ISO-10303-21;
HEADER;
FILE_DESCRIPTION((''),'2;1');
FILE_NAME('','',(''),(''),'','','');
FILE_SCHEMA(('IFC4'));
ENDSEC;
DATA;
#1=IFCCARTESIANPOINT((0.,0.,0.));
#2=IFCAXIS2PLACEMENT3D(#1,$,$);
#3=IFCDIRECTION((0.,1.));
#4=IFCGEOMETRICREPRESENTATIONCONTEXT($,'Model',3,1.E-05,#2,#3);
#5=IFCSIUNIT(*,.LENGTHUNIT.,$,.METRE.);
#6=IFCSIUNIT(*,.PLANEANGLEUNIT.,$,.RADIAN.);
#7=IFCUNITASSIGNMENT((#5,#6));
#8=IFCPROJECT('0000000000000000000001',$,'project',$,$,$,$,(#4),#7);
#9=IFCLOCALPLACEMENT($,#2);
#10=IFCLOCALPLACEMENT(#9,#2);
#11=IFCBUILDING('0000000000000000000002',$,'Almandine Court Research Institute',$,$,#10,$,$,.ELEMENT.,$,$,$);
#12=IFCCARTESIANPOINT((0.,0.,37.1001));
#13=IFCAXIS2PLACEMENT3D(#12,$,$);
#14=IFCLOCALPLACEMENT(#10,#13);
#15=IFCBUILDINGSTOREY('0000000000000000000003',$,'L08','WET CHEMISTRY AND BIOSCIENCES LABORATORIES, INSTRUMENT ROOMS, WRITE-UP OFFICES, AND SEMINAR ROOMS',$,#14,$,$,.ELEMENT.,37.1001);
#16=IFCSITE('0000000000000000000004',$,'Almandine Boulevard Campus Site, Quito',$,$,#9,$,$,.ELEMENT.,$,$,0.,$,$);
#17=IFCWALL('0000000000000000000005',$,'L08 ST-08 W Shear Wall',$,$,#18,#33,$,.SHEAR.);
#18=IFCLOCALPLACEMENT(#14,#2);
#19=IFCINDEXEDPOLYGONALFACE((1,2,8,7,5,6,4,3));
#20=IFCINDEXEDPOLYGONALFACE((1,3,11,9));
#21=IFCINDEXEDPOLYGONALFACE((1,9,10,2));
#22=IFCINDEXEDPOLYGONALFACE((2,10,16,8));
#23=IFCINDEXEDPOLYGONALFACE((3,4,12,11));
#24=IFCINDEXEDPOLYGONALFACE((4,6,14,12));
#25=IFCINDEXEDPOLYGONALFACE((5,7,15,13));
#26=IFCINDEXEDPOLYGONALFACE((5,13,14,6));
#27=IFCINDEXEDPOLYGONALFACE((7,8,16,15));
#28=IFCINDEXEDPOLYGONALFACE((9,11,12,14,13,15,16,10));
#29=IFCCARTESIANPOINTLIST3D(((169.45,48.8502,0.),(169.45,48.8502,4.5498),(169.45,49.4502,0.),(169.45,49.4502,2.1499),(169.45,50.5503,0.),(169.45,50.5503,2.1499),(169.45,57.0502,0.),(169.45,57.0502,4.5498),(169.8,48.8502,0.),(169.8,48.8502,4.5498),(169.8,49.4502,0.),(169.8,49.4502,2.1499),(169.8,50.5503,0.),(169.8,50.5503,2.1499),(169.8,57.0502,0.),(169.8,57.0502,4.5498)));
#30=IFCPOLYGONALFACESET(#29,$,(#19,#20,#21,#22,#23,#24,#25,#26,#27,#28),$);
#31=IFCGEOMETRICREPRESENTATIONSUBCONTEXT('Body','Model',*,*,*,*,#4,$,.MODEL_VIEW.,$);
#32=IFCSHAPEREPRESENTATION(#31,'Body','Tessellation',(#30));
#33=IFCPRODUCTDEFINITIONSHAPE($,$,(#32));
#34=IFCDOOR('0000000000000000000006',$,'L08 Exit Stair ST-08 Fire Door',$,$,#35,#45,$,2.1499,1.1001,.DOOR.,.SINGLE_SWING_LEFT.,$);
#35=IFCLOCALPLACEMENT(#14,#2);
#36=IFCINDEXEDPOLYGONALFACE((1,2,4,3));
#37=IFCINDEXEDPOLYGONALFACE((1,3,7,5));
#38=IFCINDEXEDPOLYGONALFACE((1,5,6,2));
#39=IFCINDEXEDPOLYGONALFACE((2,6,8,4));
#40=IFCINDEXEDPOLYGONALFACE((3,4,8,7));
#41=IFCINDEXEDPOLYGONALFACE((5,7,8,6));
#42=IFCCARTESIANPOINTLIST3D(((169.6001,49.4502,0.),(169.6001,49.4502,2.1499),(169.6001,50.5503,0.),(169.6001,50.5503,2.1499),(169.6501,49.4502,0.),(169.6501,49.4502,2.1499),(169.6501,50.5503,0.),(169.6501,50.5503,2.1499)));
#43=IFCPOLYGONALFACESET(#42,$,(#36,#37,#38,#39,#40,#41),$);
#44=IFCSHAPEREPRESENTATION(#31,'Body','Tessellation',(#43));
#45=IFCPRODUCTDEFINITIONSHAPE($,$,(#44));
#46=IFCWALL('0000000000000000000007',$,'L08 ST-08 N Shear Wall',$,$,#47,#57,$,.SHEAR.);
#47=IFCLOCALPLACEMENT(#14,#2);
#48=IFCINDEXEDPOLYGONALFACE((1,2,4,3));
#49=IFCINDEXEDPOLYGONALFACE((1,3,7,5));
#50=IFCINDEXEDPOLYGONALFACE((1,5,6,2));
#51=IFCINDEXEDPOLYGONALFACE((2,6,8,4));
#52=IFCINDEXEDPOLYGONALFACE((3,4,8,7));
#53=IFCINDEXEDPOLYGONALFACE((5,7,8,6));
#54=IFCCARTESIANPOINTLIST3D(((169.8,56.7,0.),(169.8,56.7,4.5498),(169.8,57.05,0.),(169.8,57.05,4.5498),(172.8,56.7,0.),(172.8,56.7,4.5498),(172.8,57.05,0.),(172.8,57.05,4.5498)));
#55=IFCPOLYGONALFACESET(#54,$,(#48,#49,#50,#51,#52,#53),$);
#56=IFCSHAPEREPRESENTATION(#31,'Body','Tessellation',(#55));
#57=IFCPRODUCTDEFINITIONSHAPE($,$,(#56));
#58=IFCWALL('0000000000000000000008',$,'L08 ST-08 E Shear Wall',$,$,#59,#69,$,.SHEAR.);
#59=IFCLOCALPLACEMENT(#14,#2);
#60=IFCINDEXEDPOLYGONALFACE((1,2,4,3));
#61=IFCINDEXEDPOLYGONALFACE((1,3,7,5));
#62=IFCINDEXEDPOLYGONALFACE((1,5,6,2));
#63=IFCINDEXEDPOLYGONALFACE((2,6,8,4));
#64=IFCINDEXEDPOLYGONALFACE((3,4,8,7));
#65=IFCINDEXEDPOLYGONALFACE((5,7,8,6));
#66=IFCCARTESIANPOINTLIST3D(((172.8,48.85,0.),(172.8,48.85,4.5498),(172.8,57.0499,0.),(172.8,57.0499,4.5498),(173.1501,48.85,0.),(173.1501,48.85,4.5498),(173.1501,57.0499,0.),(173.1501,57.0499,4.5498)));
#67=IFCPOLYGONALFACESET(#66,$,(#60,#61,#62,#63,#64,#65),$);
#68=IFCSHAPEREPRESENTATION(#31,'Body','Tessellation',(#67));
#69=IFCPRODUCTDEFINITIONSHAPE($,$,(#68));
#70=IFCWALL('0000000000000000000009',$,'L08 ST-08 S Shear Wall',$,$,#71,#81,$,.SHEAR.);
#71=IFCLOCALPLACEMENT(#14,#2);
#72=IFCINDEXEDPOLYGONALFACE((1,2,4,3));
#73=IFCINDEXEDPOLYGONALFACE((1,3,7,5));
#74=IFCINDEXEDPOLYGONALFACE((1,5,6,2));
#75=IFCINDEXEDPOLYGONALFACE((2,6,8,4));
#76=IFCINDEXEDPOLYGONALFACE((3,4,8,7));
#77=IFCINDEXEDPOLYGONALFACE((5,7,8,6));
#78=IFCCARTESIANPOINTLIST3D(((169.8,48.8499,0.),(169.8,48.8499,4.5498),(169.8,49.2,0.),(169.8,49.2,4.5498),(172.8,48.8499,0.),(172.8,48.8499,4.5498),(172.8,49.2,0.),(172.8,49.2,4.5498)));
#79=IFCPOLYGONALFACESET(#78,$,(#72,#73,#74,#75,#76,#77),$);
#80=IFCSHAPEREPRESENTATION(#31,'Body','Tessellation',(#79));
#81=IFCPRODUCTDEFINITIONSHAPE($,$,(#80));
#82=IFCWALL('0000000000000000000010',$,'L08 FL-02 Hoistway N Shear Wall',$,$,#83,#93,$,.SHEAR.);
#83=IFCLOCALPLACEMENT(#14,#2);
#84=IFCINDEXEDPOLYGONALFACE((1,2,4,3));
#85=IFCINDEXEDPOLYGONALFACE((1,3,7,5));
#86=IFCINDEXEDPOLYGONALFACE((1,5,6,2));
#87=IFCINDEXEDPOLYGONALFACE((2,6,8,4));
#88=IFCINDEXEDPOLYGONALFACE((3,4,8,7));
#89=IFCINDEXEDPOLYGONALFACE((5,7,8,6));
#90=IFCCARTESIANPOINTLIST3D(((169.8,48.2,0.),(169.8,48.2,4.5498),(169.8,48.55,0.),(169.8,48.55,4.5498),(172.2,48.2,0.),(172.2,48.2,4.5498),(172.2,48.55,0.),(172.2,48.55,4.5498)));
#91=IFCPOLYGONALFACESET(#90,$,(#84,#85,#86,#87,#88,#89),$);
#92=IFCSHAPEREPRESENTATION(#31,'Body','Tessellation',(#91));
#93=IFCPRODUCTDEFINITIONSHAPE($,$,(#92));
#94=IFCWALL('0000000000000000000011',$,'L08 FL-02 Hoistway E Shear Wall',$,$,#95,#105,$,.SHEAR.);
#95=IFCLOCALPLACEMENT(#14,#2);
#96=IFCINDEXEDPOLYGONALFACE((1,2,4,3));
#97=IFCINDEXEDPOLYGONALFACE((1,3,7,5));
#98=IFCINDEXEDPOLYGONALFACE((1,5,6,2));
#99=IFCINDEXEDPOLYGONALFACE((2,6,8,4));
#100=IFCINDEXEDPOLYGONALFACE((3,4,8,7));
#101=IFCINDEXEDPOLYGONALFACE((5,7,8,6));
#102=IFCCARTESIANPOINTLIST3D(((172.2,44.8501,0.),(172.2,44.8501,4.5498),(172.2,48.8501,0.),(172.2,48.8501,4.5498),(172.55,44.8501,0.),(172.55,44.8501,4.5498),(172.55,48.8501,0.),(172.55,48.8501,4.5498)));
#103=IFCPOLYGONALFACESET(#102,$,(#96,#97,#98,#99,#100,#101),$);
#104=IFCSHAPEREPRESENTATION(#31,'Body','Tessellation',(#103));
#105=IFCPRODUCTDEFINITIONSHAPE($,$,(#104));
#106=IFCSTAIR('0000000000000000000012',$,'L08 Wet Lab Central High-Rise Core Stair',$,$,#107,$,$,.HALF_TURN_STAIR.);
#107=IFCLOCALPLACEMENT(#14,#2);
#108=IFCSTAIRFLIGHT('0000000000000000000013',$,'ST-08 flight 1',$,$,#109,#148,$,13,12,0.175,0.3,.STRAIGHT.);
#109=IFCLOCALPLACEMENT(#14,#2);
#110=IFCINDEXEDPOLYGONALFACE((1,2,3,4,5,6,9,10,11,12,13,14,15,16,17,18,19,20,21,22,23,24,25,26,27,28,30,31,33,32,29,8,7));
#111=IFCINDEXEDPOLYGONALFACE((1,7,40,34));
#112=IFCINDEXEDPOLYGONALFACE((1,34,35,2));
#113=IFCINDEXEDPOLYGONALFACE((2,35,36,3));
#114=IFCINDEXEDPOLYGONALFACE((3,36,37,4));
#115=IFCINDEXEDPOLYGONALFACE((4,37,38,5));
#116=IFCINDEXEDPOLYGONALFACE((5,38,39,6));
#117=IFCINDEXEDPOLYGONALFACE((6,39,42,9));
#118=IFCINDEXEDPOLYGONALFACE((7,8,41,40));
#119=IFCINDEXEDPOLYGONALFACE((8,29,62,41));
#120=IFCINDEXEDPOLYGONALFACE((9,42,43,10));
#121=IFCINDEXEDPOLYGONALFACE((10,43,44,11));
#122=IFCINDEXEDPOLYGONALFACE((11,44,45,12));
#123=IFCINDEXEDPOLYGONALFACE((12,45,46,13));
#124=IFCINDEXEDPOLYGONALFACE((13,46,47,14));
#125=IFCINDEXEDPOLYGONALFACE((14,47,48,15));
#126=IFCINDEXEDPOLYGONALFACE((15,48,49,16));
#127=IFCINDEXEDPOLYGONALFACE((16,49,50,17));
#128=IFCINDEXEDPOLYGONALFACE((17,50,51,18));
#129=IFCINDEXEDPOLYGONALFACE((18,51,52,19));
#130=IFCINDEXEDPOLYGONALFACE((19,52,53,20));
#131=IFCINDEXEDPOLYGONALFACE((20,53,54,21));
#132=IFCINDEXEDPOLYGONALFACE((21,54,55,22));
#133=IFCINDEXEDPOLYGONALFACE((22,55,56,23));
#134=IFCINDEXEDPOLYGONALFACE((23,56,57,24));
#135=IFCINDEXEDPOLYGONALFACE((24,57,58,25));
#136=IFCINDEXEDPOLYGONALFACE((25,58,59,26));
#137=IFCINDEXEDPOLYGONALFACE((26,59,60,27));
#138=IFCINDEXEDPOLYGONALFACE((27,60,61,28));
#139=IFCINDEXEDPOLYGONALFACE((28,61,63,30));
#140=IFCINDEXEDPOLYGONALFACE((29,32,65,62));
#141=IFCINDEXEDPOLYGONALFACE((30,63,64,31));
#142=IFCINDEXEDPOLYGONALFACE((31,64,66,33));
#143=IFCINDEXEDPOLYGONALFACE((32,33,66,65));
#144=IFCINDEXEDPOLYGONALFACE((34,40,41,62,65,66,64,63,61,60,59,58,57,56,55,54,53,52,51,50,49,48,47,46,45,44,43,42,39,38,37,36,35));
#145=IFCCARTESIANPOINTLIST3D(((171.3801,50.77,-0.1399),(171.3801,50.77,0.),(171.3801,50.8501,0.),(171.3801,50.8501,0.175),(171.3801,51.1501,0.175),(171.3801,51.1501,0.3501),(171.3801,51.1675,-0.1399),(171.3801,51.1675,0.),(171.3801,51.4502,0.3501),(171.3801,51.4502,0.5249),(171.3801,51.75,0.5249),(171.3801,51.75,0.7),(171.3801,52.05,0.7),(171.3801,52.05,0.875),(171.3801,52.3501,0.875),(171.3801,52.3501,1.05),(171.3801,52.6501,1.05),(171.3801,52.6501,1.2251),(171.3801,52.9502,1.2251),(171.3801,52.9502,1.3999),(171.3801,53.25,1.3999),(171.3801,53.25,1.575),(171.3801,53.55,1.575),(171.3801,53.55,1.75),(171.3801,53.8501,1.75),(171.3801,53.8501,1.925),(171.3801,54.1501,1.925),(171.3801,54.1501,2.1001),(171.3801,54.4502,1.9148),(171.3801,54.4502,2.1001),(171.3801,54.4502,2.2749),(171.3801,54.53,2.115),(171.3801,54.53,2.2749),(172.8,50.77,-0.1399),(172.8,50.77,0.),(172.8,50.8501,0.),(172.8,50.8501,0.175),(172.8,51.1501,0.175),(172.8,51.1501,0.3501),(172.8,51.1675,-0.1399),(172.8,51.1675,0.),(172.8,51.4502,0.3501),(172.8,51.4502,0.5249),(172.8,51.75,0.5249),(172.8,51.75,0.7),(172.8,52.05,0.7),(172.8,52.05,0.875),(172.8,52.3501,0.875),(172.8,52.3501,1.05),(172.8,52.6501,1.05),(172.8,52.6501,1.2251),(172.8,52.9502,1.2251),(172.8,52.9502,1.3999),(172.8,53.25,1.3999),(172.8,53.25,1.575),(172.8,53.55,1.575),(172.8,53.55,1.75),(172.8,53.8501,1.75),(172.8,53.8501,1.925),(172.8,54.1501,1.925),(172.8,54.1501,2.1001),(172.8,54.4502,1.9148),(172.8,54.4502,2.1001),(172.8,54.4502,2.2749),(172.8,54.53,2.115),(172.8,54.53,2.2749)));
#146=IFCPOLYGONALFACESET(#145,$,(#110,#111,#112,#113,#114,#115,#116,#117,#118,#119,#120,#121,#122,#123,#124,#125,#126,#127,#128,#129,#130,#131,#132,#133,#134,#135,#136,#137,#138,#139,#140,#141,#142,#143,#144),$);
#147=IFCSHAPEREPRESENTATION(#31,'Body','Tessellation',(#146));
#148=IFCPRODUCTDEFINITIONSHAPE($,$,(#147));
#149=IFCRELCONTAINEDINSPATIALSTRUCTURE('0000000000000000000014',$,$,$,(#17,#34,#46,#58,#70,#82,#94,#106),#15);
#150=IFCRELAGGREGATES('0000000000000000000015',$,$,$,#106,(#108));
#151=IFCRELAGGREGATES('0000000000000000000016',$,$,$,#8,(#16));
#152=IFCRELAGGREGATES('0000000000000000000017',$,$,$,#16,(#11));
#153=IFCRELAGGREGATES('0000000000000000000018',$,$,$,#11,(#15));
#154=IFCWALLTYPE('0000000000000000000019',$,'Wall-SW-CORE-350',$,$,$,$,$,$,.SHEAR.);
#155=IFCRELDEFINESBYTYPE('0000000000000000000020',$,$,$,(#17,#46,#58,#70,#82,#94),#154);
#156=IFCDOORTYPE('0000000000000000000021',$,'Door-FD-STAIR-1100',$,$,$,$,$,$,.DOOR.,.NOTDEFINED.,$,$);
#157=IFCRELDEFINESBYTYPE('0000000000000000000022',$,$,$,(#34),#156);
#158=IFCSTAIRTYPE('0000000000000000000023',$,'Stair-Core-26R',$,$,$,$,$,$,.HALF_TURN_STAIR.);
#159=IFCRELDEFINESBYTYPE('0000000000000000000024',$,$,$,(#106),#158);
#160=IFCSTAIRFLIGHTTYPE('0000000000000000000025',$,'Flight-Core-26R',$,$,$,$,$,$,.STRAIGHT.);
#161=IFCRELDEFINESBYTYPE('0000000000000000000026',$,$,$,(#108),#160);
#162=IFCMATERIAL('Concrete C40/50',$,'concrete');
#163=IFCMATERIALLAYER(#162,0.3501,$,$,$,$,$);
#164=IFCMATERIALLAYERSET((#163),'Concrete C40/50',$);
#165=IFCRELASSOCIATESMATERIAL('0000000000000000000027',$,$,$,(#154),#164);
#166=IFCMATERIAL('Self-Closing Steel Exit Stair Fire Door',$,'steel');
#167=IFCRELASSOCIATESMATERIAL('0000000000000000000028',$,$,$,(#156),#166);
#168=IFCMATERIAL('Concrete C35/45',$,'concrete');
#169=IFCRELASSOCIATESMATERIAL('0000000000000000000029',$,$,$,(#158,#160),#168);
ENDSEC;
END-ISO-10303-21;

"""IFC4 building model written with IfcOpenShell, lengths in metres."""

from ifc_helpers import new_model, si_unit, direction, frame, frame_2d, origin, place, context, subcontext, project, spatial, polyline, rectangle, outline, extrude, material, layer, layer_set, type_object, element, fill, aggregate, save


model = new_model("IFC4")

# Units and contexts
model_context = context("Model", 3, precision=1e-05, world=origin(), true_north=direction((0.0, 1.0)))
body_context = subcontext(model_context, "Body", "Model", "MODEL_VIEW")
ifc_project = project(units=[si_unit("LENGTHUNIT", "METRE"), si_unit("PLANEANGLEUNIT", "RADIAN")], contexts=[model_context])

# Site, building, storey
site_placement = place(None, origin())
site = spatial("IfcSite", under=ifc_project, at=site_placement, Name="Almandine Boulevard Campus Site, Quito", CompositionType="ELEMENT", RefElevation=0.0)
building_placement = place(site_placement, origin())
building = spatial("IfcBuilding", under=site, at=building_placement, Name="Almandine Court Research Institute", CompositionType="ELEMENT")
storey_placement = place(building_placement, frame((0.0, 0.0, 37.1001)))
storey = spatial("IfcBuildingStorey", under=building, at=storey_placement, Name="L08", Description="WET CHEMISTRY AND BIOSCIENCES LABORATORIES, INSTRUMENT ROOMS, WRITE-UP OFFICES, AND SEMINAR ROOMS", CompositionType="ELEMENT", Elevation=37.1001)

# Wall, opening, door
ifc_material_1 = material(Name="Concrete C40/50", Category="concrete")
ifc_layer_1 = layer(ifc_material_1, 0.3501)
ifc_layer_set_1 = layer_set([ifc_layer_1], Name="Concrete C40/50")
wall_type_1 = type_object("IfcWallType", Name="Wall-SW-CORE-350", PredefinedType="SHEAR", material=ifc_layer_set_1)
wall_1_placement = place(storey_placement, frame((169.625, 48.8501, 0.0), z_axis=(0.0, 0.0, 1.0), x_axis=(0.0, 1.0, 0.0)))
wall_1 = element("IfcWall", 1, at=wall_1_placement, inside=storey, type_object=wall_type_1, Name="L08 ST-08 W Shear Wall", PredefinedType="SHEAR", context=body_context, shape_type="SweptSolid", body=[
    extrude(rectangle(XDim=8.2, YDim=0.3501, at=frame_2d((4.1001, 0.0))), origin(), (0.0, 0.0, 1.0), 4.5498),
])
opening_1_placement = place(wall_1_placement, frame((0.6001, 0.0, 0.0)))
opening_1 = element("IfcOpeningElement", 2, at=opening_1_placement, cuts=wall_1, PredefinedType="OPENING", context=body_context, shape_type="SweptSolid", body=[
    extrude(rectangle(XDim=1.1001, YDim=2.1499, at=frame_2d((0.55, 1.075))), frame((0.0, 0.1851, 0.0), z_axis=(0.0, -1.0, 0.0), x_axis=(1.0, 0.0, 0.0)), (0.0, 0.0, 1.0), 0.3701),
])
ifc_material_2 = material(Name="Self-Closing Steel Exit Stair Fire Door", Category="steel")
door_type_1 = type_object("IfcDoorType", Name="Door-FD-STAIR-1100", OperationType="NOTDEFINED", PredefinedType="DOOR", material=ifc_material_2)
door_1_placement = place(opening_1_placement, origin())
door_1 = element("IfcDoor", 3, at=door_1_placement, inside=storey, type_object=door_type_1, Name="L08 Exit Stair ST-08 Fire Door", OperationType="SINGLE_SWING_LEFT", OverallHeight=2.1499, OverallWidth=1.1001, PredefinedType="DOOR", context=body_context, shape_type="SweptSolid", body=[
    extrude(rectangle(XDim=1.1001, YDim=2.1499, at=frame_2d((0.55, 1.075))), frame((0.0, 0.0249, 0.0), z_axis=(0.0, -1.0, 0.0), x_axis=(1.0, 0.0, 0.0)), (0.0, 0.0, 1.0), 0.05),
])
fill(opening_1, door_1)

# Walls
wall_2_placement = place(storey_placement, frame((169.8, 56.875, 0.0), z_axis=(0.0, 0.0, 1.0), x_axis=(1.0, 0.0, 0.0)))
element("IfcWall", 4, at=wall_2_placement, inside=storey, type_object=wall_type_1, Name="L08 ST-08 N Shear Wall", PredefinedType="SHEAR", context=body_context, shape_type="SweptSolid", body=[
    extrude(rectangle(XDim=3.0, YDim=0.3501, at=frame_2d((1.5, 0.0))), origin(), (0.0, 0.0, 1.0), 4.5498),
])
wall_3_placement = place(storey_placement, frame((172.9751, 57.05, 0.0), z_axis=(0.0, 0.0, 1.0), x_axis=(0.0, -1.0, 0.0)))
element("IfcWall", 5, at=wall_3_placement, inside=storey, type_object=wall_type_1, Name="L08 ST-08 E Shear Wall", PredefinedType="SHEAR", context=body_context, shape_type="SweptSolid", body=[
    extrude(rectangle(XDim=8.2, YDim=0.3501, at=frame_2d((4.1001, 0.0))), origin(), (0.0, 0.0, 1.0), 4.5498),
])
wall_4_placement = place(storey_placement, frame((172.8, 49.0249, 0.0), z_axis=(0.0, 0.0, 1.0), x_axis=(-1.0, 0.0, 0.0)))
element("IfcWall", 6, at=wall_4_placement, inside=storey, type_object=wall_type_1, Name="L08 ST-08 S Shear Wall", PredefinedType="SHEAR", context=body_context, shape_type="SweptSolid", body=[
    extrude(rectangle(XDim=3.0, YDim=0.3501, at=frame_2d((1.5, 0.0))), origin(), (0.0, 0.0, 1.0), 4.5498),
])
wall_5_placement = place(storey_placement, frame((169.8, 48.375, 0.0), z_axis=(0.0, 0.0, 1.0), x_axis=(1.0, 0.0, 0.0)))
element("IfcWall", 7, at=wall_5_placement, inside=storey, type_object=wall_type_1, Name="L08 FL-02 Hoistway N Shear Wall", PredefinedType="SHEAR", context=body_context, shape_type="SweptSolid", body=[
    extrude(rectangle(XDim=2.3999, YDim=0.3501, at=frame_2d((1.2, 0.0))), origin(), (0.0, 0.0, 1.0), 4.5498),
])
wall_6_placement = place(storey_placement, frame((172.375, 48.8501, 0.0), z_axis=(0.0, 0.0, 1.0), x_axis=(0.0, -1.0, 0.0)))
element("IfcWall", 8, at=wall_6_placement, inside=storey, type_object=wall_type_1, Name="L08 FL-02 Hoistway E Shear Wall", PredefinedType="SHEAR", context=body_context, shape_type="SweptSolid", body=[
    extrude(rectangle(XDim=4.0, YDim=0.3501, at=frame_2d((2.0, 0.0))), origin(), (0.0, 0.0, 1.0), 4.5498),
])

# Stair, stair flight
ifc_material_3 = material(Name="Concrete C35/45", Category="concrete")
stair_type = type_object("IfcStairType", Name="Stair-Core-26R", PredefinedType="HALF_TURN_STAIR", material=ifc_material_3)
stair_placement = place(storey_placement, origin())
stair = element("IfcStair", 9, at=stair_placement, inside=storey, type_object=stair_type, Name="L08 Wet Lab Central High-Rise Core Stair", PredefinedType="HALF_TURN_STAIR")
stair_flight_type = type_object("IfcStairFlightType", Name="Flight-Core-26R", PredefinedType="STRAIGHT", material=ifc_material_3)
stair_flight_1_placement = place(storey_placement, frame((172.0901, 50.8501, 0.0), z_axis=(0.0, 0.0, 1.0), x_axis=(0.0, 1.0, 0.0)))
stair_flight_1 = element("IfcStairFlight", 10, at=stair_flight_1_placement, type_object=stair_flight_type, Name="ST-08 flight 1", NumberOfRisers=13, NumberOfTreads=12, PredefinedType="STRAIGHT", RiserHeight=0.175, TreadLength=0.3, context=body_context, shape_type="SweptSolid", body=[
    extrude(outline(polyline([(-0.0801, -0.1399), (-0.0801, 0.0), (0.0, 0.0), (0.0, 0.175), (0.3, 0.175), (0.3, 0.3501), (0.6001, 0.3501), (0.6001, 0.5249), (0.8999, 0.5249), (0.8999, 0.7), (1.2, 0.7), (1.2, 0.875), (1.5, 0.875), (1.5, 1.05), (1.8, 1.05), (1.8, 1.2251), (2.1001, 1.2251), (2.1001, 1.3999), (2.3999, 1.3999), (2.3999, 1.575), (2.7, 1.575), (2.7, 1.75), (3.0, 1.75), (3.0, 1.925), (3.3, 1.925), (3.3, 2.1001), (3.6001, 2.1001), (3.6001, 2.2749), (3.6799, 2.2749), (3.6799, 2.115), (3.6001, 1.9148), (0.3174, 0.0), (0.3174, -0.1399), (-0.0801, -0.1399)])), frame((0.0, 0.71, 0.0), z_axis=(0.0, -1.0, 0.0), x_axis=(1.0, 0.0, 0.0)), (0.0, 0.0, 1.0), 1.4199),
])
aggregate(stair, [stair_flight_1])

save(model, "model.ifc")
